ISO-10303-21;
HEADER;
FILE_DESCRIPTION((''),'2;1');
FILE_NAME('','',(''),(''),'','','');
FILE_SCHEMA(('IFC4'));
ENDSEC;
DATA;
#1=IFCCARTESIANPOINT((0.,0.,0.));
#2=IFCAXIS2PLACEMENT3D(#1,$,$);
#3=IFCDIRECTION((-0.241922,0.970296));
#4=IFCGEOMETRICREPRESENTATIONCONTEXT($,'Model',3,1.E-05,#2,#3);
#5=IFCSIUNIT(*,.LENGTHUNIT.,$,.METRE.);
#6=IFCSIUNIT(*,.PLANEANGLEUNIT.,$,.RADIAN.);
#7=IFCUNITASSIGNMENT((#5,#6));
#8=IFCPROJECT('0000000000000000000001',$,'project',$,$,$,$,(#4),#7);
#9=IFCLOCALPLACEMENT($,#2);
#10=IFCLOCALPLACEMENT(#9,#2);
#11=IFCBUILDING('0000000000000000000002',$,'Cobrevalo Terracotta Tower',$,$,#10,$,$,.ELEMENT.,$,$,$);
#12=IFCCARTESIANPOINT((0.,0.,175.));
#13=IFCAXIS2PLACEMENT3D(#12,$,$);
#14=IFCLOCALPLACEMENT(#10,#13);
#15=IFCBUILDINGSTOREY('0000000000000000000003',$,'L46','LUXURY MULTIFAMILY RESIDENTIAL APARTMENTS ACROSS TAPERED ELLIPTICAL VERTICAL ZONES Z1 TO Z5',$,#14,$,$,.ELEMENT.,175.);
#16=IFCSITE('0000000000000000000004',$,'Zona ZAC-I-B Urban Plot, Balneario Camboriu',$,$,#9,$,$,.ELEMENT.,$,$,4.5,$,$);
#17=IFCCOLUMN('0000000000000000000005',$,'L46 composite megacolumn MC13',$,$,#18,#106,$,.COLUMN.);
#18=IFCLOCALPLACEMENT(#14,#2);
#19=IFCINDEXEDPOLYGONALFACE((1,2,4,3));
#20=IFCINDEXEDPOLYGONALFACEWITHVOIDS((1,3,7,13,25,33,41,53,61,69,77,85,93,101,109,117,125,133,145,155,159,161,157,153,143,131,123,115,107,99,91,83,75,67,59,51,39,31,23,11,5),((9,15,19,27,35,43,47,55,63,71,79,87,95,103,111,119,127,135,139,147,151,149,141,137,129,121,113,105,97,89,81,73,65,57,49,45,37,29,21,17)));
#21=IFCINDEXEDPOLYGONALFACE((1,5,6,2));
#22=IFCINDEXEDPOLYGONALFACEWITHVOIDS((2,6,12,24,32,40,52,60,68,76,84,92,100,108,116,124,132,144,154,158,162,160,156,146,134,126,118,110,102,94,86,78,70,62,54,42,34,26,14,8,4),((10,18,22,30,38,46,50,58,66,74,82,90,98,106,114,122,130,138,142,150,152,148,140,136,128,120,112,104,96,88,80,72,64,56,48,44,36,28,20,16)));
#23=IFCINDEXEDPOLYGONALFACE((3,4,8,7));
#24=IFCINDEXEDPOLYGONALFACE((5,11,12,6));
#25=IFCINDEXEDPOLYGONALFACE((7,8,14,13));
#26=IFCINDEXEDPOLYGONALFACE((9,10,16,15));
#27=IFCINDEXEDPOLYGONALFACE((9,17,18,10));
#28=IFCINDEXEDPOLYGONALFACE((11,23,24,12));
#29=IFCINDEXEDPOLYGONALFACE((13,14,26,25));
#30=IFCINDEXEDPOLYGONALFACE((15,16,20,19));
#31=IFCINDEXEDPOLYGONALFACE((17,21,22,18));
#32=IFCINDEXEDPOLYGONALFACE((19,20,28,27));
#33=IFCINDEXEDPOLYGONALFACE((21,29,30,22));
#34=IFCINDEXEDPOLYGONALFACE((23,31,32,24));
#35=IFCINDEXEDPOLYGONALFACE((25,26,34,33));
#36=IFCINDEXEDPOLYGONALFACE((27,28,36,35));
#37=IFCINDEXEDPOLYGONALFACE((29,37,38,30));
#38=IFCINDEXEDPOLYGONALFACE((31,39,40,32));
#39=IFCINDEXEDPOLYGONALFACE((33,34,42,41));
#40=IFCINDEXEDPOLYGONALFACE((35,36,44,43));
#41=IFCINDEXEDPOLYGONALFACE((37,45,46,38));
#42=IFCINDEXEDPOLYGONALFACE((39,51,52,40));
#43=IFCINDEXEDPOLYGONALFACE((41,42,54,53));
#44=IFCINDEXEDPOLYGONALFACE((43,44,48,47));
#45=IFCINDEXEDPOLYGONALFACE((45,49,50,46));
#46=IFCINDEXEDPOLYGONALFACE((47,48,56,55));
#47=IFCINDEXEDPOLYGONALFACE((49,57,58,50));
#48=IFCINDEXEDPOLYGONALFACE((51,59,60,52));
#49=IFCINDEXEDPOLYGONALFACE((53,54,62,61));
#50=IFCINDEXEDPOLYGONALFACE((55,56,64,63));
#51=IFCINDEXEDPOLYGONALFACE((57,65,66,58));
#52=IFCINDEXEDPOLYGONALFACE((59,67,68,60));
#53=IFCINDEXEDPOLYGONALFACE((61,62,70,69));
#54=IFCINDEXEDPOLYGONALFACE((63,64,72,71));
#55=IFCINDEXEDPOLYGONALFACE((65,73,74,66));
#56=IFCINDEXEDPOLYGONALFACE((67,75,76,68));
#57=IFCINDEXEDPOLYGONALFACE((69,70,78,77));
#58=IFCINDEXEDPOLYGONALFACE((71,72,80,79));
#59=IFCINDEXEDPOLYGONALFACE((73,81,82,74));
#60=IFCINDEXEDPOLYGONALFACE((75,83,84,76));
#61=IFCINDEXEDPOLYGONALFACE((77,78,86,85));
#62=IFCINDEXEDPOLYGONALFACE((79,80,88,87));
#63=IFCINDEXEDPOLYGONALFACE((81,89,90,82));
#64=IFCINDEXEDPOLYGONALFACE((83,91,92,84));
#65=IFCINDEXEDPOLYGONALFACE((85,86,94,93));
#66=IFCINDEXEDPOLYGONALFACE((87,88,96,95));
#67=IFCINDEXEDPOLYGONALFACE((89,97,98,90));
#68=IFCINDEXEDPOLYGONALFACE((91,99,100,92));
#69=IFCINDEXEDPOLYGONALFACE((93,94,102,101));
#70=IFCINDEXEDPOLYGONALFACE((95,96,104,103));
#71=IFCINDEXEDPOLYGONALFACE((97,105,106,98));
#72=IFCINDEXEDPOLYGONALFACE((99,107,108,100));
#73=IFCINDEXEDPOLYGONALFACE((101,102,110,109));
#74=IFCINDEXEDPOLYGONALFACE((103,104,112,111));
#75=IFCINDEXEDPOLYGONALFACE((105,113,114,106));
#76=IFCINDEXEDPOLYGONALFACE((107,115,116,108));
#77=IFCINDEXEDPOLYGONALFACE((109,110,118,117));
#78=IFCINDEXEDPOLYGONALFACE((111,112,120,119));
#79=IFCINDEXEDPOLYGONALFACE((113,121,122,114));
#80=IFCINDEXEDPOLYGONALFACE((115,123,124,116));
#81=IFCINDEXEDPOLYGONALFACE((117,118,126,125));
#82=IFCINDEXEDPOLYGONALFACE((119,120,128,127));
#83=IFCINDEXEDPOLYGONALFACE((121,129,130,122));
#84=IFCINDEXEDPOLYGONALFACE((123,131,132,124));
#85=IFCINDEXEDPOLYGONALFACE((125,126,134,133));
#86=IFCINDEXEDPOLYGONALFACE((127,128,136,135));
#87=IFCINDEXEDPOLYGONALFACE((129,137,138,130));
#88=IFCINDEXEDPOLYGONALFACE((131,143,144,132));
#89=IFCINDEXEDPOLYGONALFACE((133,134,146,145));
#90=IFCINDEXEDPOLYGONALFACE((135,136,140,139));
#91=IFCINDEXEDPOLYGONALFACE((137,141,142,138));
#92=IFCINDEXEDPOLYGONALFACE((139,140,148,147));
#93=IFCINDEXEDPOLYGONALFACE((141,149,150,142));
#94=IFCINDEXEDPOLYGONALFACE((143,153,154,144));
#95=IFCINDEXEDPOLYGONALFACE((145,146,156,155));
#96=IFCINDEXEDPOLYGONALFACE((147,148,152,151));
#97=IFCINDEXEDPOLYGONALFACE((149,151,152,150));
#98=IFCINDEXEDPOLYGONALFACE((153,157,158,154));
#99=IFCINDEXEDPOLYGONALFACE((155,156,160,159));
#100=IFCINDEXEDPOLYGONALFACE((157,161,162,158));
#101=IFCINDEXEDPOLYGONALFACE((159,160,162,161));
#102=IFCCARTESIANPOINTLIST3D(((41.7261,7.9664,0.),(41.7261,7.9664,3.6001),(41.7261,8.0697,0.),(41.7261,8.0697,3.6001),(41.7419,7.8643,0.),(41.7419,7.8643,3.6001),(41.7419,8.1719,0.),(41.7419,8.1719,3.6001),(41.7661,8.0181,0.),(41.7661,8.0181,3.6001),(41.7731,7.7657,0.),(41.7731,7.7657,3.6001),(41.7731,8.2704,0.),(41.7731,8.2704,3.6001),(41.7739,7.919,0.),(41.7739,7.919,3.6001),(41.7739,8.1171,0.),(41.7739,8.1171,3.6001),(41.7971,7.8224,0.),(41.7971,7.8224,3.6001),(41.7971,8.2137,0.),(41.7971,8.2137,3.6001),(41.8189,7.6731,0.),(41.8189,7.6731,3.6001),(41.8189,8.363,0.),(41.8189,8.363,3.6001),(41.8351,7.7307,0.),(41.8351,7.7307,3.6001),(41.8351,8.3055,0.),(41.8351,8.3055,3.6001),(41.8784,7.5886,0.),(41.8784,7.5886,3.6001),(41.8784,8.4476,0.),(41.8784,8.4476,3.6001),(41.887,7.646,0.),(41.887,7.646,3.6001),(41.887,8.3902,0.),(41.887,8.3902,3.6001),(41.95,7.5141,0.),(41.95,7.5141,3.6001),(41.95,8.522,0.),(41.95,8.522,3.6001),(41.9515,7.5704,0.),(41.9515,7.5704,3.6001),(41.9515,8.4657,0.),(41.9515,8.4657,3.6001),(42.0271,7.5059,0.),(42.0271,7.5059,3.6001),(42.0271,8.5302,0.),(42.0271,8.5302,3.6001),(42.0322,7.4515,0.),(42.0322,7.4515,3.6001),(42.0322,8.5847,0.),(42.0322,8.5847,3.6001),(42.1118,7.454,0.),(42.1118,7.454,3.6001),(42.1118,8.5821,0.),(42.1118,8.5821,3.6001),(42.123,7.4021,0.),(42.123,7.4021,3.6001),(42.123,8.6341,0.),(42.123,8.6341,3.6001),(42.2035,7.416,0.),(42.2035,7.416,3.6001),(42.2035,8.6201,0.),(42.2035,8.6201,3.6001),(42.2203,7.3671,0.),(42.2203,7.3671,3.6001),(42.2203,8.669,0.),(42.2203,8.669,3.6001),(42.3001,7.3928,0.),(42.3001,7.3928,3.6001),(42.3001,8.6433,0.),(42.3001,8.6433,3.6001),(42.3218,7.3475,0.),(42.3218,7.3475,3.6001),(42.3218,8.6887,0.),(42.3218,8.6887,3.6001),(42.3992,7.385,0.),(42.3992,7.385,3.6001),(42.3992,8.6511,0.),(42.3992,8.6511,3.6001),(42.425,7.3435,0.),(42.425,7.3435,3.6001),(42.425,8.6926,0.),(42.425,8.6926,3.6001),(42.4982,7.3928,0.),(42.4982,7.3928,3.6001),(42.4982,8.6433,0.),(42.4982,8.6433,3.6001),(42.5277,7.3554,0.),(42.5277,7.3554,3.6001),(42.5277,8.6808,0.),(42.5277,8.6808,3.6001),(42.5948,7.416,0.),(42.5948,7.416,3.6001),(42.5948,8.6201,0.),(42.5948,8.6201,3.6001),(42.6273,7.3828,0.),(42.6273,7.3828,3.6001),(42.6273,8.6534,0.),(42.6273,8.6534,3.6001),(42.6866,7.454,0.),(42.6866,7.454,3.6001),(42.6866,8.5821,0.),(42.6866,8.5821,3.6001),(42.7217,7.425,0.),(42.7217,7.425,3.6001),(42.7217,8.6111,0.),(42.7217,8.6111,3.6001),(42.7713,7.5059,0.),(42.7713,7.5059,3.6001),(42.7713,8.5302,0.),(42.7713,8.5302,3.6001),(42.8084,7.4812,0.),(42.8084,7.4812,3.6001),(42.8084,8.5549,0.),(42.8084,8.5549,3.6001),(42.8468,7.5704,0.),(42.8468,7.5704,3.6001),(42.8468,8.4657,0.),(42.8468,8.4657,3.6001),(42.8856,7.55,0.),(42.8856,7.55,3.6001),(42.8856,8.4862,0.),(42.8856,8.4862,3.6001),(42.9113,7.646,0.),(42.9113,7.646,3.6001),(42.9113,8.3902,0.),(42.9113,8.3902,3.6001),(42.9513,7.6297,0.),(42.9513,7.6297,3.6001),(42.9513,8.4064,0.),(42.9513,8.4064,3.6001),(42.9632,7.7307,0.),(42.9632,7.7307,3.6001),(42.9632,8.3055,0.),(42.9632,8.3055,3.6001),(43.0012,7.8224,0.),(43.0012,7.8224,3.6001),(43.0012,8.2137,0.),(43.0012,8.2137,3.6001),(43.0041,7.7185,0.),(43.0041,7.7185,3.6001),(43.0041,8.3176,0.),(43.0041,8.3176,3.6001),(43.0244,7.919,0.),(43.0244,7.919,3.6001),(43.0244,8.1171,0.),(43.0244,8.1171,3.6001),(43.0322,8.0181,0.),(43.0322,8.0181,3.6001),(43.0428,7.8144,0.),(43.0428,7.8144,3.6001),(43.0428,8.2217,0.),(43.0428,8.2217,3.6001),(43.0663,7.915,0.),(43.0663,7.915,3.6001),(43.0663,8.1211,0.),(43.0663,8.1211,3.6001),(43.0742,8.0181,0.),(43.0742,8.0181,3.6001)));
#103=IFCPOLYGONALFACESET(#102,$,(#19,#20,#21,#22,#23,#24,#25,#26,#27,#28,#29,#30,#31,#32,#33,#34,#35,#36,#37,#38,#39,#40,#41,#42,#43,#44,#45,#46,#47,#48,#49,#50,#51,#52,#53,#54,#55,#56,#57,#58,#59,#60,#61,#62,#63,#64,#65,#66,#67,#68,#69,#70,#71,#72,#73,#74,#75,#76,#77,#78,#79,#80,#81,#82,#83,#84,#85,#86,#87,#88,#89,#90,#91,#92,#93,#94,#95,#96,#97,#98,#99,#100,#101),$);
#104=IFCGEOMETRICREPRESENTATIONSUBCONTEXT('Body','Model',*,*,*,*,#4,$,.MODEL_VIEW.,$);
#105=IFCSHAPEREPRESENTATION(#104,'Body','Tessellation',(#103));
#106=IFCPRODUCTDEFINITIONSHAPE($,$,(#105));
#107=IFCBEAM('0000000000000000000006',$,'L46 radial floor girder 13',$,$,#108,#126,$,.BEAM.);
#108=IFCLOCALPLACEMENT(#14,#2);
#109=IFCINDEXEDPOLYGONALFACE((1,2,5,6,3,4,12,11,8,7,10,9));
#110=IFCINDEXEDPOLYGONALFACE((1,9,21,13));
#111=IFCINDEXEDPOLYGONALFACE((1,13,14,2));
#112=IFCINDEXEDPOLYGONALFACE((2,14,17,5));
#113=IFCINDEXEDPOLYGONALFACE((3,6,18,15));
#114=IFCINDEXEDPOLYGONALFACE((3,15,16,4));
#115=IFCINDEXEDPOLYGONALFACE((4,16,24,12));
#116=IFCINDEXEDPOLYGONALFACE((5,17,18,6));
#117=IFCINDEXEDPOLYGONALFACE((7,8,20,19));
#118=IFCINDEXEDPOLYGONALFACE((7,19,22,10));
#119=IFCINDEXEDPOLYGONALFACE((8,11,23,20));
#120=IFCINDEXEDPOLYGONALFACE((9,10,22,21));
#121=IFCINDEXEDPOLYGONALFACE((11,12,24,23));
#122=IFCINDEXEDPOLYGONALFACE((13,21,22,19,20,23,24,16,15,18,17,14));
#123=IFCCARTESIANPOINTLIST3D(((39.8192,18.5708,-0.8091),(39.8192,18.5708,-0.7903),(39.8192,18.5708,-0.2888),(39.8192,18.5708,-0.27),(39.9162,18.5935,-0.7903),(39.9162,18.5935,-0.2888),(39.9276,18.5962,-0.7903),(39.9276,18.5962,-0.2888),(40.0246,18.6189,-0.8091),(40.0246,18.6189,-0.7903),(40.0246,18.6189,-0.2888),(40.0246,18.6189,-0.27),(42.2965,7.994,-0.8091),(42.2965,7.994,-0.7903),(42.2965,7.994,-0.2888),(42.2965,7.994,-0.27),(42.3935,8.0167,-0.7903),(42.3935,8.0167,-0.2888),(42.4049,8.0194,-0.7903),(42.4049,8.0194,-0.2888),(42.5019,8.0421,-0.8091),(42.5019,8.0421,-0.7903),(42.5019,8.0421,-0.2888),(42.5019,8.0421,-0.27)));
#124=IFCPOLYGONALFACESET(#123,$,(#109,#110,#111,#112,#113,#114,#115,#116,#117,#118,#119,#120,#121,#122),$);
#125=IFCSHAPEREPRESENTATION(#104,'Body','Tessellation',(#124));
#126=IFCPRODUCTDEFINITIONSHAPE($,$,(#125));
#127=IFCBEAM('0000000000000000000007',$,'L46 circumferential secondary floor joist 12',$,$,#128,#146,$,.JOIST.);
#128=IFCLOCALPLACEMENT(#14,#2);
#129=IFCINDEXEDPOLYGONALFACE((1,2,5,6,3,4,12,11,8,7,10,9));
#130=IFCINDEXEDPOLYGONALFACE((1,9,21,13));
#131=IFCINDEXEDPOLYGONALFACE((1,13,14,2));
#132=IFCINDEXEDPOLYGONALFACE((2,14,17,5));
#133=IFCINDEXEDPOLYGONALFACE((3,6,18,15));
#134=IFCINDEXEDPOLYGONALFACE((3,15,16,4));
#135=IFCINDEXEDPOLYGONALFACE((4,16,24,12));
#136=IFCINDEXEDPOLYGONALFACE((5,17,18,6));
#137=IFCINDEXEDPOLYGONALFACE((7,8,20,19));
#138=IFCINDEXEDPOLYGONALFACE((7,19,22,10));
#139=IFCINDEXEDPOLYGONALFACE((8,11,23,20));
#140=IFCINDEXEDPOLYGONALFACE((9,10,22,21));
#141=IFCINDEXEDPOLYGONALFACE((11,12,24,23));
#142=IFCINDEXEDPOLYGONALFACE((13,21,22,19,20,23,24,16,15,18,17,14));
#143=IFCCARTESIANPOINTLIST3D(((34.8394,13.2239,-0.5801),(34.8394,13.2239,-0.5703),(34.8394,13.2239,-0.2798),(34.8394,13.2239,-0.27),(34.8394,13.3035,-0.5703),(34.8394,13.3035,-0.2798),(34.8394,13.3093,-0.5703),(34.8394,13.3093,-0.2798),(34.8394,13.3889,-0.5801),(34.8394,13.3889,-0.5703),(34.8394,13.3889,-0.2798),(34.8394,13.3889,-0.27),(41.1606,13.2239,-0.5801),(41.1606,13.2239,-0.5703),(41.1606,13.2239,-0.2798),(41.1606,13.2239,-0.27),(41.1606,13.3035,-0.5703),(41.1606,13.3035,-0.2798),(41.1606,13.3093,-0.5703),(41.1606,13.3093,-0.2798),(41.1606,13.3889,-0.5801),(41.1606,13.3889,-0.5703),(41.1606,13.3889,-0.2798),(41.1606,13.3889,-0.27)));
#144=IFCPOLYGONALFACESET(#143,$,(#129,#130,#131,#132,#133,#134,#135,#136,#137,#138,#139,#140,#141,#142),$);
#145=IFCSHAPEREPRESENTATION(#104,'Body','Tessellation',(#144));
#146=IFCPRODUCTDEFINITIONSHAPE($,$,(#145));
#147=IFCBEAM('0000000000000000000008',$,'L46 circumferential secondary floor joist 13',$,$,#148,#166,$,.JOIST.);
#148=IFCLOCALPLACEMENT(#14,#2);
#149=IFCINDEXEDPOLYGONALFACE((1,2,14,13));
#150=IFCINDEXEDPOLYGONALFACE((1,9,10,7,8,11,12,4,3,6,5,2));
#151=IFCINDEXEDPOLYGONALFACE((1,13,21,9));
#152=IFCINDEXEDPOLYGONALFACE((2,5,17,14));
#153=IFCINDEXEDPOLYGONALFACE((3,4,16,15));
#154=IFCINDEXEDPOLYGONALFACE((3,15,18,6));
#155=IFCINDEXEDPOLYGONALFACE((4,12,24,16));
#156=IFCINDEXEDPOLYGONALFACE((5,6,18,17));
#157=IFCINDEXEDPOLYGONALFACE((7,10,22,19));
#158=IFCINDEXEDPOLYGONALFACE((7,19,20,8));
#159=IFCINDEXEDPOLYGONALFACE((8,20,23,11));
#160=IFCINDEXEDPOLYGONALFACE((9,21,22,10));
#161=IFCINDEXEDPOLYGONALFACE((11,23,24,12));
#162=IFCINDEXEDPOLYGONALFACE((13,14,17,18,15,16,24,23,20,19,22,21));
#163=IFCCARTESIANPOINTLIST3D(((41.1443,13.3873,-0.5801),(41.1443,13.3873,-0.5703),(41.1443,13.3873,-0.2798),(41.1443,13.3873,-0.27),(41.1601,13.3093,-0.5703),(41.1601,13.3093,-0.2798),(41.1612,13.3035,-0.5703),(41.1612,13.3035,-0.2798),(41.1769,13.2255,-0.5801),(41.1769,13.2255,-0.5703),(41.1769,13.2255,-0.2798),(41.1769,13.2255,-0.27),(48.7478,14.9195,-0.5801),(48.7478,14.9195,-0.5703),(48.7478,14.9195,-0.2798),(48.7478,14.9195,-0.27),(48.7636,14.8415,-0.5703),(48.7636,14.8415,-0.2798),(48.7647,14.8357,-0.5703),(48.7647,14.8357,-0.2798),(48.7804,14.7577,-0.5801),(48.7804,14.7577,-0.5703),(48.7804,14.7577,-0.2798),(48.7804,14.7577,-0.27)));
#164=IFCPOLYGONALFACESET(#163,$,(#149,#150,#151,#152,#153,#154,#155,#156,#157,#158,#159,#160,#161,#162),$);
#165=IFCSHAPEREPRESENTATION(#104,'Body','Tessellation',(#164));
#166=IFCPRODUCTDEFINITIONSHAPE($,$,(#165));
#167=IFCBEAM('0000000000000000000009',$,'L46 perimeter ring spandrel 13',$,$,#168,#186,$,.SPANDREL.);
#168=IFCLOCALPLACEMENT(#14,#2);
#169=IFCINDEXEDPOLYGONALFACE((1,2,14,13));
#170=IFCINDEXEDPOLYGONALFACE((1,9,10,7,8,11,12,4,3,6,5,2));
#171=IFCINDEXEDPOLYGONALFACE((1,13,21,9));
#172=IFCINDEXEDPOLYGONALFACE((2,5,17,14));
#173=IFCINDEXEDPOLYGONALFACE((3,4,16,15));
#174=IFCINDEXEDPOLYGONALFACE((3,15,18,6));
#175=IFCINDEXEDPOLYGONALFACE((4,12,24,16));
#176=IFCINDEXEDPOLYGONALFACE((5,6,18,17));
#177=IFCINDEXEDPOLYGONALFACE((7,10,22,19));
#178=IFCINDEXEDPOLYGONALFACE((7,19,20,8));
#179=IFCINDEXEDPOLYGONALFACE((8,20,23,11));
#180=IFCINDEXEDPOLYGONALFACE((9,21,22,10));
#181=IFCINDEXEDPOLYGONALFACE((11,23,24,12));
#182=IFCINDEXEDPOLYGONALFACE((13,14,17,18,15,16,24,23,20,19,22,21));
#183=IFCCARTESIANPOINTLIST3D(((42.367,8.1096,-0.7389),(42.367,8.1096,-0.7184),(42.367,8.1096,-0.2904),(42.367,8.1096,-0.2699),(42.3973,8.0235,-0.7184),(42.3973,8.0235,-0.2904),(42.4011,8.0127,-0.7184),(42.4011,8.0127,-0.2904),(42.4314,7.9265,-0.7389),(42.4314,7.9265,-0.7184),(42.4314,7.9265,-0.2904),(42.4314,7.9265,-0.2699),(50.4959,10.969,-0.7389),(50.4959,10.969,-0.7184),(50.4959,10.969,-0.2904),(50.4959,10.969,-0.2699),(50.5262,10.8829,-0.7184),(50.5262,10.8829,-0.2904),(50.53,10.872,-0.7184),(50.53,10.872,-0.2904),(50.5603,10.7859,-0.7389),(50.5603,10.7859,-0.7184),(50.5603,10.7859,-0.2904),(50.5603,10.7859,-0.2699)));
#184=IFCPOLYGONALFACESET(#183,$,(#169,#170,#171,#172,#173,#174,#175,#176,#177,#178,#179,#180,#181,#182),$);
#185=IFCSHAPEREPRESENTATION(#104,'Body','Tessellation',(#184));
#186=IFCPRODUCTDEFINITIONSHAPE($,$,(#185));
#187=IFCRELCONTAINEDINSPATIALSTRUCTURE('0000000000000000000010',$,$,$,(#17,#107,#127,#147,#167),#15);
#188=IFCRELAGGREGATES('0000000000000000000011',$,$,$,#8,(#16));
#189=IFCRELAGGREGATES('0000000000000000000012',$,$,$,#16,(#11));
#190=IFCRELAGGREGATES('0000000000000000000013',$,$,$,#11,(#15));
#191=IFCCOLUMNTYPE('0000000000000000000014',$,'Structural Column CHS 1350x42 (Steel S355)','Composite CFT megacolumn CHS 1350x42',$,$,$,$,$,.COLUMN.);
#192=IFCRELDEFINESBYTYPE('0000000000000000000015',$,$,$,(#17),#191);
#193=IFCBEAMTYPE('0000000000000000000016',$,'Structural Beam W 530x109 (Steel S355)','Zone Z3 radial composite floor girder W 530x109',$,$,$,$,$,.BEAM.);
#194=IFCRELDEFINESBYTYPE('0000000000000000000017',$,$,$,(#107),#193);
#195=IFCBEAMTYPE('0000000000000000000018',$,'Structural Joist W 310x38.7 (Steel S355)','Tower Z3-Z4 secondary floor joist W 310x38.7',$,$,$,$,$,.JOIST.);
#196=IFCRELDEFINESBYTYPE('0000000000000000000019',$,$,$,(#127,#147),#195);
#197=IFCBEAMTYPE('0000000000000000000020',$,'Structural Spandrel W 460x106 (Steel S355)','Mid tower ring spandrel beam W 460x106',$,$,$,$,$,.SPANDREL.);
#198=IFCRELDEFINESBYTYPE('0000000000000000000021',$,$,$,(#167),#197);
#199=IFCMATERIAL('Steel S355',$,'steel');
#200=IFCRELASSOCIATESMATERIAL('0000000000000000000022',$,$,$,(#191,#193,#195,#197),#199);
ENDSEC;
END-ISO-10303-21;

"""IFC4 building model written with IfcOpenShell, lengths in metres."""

from ifc_helpers import new_model, si_unit, direction, frame, origin, origin_2d, place, context, subcontext, project, spatial, hollow_circle, i_section, extrude, material, material_profile, profile_set, type_object, element, save


model = new_model("IFC4")

# Units and contexts
model_context = context("Model", 3, precision=1e-05, world=origin(), true_north=direction((-0.241922, 0.970296)))
body_context = subcontext(model_context, "Body", "Model", "MODEL_VIEW")
ifc_project = project(units=[si_unit("LENGTHUNIT", "METRE"), si_unit("PLANEANGLEUNIT", "RADIAN")], contexts=[model_context])

# Site, building, storey
site_placement = place(None, origin())
site = spatial("IfcSite", under=ifc_project, at=site_placement, Name="Zona ZAC-I-B Urban Plot, Balneario Camboriu", CompositionType="ELEMENT", RefElevation=4.5)
building_placement = place(site_placement, origin())
building = spatial("IfcBuilding", under=site, at=building_placement, Name="Cobrevalo Terracotta Tower", CompositionType="ELEMENT")
storey_placement = place(building_placement, frame((0.0, 0.0, 175.0)))
storey = spatial("IfcBuildingStorey", under=building, at=storey_placement, Name="L46", Description="LUXURY MULTIFAMILY RESIDENTIAL APARTMENTS ACROSS TAPERED ELLIPTICAL VERTICAL ZONES Z1 TO Z5", CompositionType="ELEMENT", Elevation=175.0)

# Column
ifc_material_1 = material(Name="Steel S355", Category="steel")
ifc_material_profile_1 = material_profile(ifc_material_1, hollow_circle(Radius=0.675, WallThickness=0.042, at=origin_2d()), Name="CHS 1350x42")
ifc_profile_set_1 = profile_set([ifc_material_profile_1], Name="Steel S355")
column_type = type_object("IfcColumnType", Name="Structural Column CHS 1350x42 (Steel S355)", Description="Composite CFT megacolumn CHS 1350x42", PredefinedType="COLUMN", material=ifc_profile_set_1)
column_placement = place(storey_placement, frame((42.3992, 8.0181, 0.0), z_axis=(0.0, 0.0, 1.0), x_axis=(1.0, 0.0, 0.0)))
element("IfcColumn", 1, at=column_placement, inside=storey, type_object=column_type, Name="L46 composite megacolumn MC13", PredefinedType="COLUMN", context=body_context, shape_type="SweptSolid", body=[
    extrude(hollow_circle(Radius=0.675, WallThickness=0.042, at=origin_2d()), origin(), (0.0, 0.0, 1.0), 3.6001),
])

# Beams
ifc_material_profile_2 = material_profile(ifc_material_1, i_section(OverallWidth=0.2109, OverallDepth=0.5391, WebThickness=0.0117, FlangeThickness=0.0188, at=origin_2d()), Name="W 530x109")
ifc_profile_set_2 = profile_set([ifc_material_profile_2], Name="Steel S355")
beam_type_1 = type_object("IfcBeamType", Name="Structural Beam W 530x109 (Steel S355)", Description="Zone Z3 radial composite floor girder W 530x109", PredefinedType="BEAM", material=ifc_profile_set_2)
beam_1_placement = place(storey_placement, frame((42.3992, 8.0181, -0.5396), z_axis=(-0.228046, 0.97365, 0.0), x_axis=(-0.97365, -0.228046, 0.0)))
element("IfcBeam", 2, at=beam_1_placement, inside=storey, type_object=beam_type_1, Name="L46 radial floor girder 13", PredefinedType="BEAM", context=body_context, shape_type="SweptSolid", body=[
    extrude(i_section(OverallWidth=0.2109, OverallDepth=0.5391, WebThickness=0.0117, FlangeThickness=0.0188, at=origin_2d()), origin(), (0.0, 0.0, 1.0), 10.863),
])
ifc_material_profile_3 = material_profile(ifc_material_1, i_section(OverallWidth=0.165, OverallDepth=0.3101, WebThickness=0.0059, FlangeThickness=0.0098, at=origin_2d()), Name="W 310x38.7")
ifc_profile_set_3 = profile_set([ifc_material_profile_3], Name="Steel S355")
beam_type_2 = type_object("IfcBeamType", Name="Structural Joist W 310x38.7 (Steel S355)", Description="Tower Z3-Z4 secondary floor joist W 310x38.7", PredefinedType="JOIST", material=ifc_profile_set_3)
beam_2_placement = place(storey_placement, frame((34.8394, 13.3064, -0.425), z_axis=(1.0, 0.0, 0.0), x_axis=(0.0, 1.0, 0.0)))
element("IfcBeam", 3, at=beam_2_placement, inside=storey, type_object=beam_type_2, Name="L46 circumferential secondary floor joist 12", PredefinedType="JOIST", context=body_context, shape_type="SweptSolid", body=[
    extrude(i_section(OverallWidth=0.165, OverallDepth=0.3101, WebThickness=0.0059, FlangeThickness=0.0098, at=origin_2d()), origin(), (0.0, 0.0, 1.0), 6.3213),
])
beam_3_placement = place(storey_placement, frame((41.1606, 13.3064, -0.425), z_axis=(0.980294, 0.197544, 0.0), x_axis=(-0.197544, 0.980294, 0.0)))
element("IfcBeam", 4, at=beam_3_placement, inside=storey, type_object=beam_type_2, Name="L46 circumferential secondary floor joist 13", PredefinedType="JOIST", context=body_context, shape_type="SweptSolid", body=[
    extrude(i_section(OverallWidth=0.165, OverallDepth=0.3101, WebThickness=0.0059, FlangeThickness=0.0098, at=origin_2d()), origin(), (0.0, 0.0, 1.0), 7.7563),
])
ifc_material_profile_4 = material_profile(ifc_material_1, i_section(OverallWidth=0.1941, OverallDepth=0.469, WebThickness=0.0115, FlangeThickness=0.0205, at=origin_2d()), Name="W 460x106")
ifc_profile_set_4 = profile_set([ifc_material_profile_4], Name="Steel S355")
beam_type_3 = type_object("IfcBeamType", Name="Structural Spandrel W 460x106 (Steel S355)", Description="Mid tower ring spandrel beam W 460x106", PredefinedType="SPANDREL", material=ifc_profile_set_4)
beam_4_placement = place(storey_placement, frame((42.3992, 8.0181, -0.5044), z_axis=(0.943341, 0.331824, 0.0), x_axis=(-0.331824, 0.943341, 0.0)))
element("IfcBeam", 5, at=beam_4_placement, inside=storey, type_object=beam_type_3, Name="L46 perimeter ring spandrel 13", PredefinedType="SPANDREL", context=body_context, shape_type="SweptSolid", body=[
    extrude(i_section(OverallWidth=0.1941, OverallDepth=0.469, WebThickness=0.0115, FlangeThickness=0.0205, at=origin_2d()), origin(), (0.0, 0.0, 1.0), 8.6172),
])

save(model, "model.ifc")
